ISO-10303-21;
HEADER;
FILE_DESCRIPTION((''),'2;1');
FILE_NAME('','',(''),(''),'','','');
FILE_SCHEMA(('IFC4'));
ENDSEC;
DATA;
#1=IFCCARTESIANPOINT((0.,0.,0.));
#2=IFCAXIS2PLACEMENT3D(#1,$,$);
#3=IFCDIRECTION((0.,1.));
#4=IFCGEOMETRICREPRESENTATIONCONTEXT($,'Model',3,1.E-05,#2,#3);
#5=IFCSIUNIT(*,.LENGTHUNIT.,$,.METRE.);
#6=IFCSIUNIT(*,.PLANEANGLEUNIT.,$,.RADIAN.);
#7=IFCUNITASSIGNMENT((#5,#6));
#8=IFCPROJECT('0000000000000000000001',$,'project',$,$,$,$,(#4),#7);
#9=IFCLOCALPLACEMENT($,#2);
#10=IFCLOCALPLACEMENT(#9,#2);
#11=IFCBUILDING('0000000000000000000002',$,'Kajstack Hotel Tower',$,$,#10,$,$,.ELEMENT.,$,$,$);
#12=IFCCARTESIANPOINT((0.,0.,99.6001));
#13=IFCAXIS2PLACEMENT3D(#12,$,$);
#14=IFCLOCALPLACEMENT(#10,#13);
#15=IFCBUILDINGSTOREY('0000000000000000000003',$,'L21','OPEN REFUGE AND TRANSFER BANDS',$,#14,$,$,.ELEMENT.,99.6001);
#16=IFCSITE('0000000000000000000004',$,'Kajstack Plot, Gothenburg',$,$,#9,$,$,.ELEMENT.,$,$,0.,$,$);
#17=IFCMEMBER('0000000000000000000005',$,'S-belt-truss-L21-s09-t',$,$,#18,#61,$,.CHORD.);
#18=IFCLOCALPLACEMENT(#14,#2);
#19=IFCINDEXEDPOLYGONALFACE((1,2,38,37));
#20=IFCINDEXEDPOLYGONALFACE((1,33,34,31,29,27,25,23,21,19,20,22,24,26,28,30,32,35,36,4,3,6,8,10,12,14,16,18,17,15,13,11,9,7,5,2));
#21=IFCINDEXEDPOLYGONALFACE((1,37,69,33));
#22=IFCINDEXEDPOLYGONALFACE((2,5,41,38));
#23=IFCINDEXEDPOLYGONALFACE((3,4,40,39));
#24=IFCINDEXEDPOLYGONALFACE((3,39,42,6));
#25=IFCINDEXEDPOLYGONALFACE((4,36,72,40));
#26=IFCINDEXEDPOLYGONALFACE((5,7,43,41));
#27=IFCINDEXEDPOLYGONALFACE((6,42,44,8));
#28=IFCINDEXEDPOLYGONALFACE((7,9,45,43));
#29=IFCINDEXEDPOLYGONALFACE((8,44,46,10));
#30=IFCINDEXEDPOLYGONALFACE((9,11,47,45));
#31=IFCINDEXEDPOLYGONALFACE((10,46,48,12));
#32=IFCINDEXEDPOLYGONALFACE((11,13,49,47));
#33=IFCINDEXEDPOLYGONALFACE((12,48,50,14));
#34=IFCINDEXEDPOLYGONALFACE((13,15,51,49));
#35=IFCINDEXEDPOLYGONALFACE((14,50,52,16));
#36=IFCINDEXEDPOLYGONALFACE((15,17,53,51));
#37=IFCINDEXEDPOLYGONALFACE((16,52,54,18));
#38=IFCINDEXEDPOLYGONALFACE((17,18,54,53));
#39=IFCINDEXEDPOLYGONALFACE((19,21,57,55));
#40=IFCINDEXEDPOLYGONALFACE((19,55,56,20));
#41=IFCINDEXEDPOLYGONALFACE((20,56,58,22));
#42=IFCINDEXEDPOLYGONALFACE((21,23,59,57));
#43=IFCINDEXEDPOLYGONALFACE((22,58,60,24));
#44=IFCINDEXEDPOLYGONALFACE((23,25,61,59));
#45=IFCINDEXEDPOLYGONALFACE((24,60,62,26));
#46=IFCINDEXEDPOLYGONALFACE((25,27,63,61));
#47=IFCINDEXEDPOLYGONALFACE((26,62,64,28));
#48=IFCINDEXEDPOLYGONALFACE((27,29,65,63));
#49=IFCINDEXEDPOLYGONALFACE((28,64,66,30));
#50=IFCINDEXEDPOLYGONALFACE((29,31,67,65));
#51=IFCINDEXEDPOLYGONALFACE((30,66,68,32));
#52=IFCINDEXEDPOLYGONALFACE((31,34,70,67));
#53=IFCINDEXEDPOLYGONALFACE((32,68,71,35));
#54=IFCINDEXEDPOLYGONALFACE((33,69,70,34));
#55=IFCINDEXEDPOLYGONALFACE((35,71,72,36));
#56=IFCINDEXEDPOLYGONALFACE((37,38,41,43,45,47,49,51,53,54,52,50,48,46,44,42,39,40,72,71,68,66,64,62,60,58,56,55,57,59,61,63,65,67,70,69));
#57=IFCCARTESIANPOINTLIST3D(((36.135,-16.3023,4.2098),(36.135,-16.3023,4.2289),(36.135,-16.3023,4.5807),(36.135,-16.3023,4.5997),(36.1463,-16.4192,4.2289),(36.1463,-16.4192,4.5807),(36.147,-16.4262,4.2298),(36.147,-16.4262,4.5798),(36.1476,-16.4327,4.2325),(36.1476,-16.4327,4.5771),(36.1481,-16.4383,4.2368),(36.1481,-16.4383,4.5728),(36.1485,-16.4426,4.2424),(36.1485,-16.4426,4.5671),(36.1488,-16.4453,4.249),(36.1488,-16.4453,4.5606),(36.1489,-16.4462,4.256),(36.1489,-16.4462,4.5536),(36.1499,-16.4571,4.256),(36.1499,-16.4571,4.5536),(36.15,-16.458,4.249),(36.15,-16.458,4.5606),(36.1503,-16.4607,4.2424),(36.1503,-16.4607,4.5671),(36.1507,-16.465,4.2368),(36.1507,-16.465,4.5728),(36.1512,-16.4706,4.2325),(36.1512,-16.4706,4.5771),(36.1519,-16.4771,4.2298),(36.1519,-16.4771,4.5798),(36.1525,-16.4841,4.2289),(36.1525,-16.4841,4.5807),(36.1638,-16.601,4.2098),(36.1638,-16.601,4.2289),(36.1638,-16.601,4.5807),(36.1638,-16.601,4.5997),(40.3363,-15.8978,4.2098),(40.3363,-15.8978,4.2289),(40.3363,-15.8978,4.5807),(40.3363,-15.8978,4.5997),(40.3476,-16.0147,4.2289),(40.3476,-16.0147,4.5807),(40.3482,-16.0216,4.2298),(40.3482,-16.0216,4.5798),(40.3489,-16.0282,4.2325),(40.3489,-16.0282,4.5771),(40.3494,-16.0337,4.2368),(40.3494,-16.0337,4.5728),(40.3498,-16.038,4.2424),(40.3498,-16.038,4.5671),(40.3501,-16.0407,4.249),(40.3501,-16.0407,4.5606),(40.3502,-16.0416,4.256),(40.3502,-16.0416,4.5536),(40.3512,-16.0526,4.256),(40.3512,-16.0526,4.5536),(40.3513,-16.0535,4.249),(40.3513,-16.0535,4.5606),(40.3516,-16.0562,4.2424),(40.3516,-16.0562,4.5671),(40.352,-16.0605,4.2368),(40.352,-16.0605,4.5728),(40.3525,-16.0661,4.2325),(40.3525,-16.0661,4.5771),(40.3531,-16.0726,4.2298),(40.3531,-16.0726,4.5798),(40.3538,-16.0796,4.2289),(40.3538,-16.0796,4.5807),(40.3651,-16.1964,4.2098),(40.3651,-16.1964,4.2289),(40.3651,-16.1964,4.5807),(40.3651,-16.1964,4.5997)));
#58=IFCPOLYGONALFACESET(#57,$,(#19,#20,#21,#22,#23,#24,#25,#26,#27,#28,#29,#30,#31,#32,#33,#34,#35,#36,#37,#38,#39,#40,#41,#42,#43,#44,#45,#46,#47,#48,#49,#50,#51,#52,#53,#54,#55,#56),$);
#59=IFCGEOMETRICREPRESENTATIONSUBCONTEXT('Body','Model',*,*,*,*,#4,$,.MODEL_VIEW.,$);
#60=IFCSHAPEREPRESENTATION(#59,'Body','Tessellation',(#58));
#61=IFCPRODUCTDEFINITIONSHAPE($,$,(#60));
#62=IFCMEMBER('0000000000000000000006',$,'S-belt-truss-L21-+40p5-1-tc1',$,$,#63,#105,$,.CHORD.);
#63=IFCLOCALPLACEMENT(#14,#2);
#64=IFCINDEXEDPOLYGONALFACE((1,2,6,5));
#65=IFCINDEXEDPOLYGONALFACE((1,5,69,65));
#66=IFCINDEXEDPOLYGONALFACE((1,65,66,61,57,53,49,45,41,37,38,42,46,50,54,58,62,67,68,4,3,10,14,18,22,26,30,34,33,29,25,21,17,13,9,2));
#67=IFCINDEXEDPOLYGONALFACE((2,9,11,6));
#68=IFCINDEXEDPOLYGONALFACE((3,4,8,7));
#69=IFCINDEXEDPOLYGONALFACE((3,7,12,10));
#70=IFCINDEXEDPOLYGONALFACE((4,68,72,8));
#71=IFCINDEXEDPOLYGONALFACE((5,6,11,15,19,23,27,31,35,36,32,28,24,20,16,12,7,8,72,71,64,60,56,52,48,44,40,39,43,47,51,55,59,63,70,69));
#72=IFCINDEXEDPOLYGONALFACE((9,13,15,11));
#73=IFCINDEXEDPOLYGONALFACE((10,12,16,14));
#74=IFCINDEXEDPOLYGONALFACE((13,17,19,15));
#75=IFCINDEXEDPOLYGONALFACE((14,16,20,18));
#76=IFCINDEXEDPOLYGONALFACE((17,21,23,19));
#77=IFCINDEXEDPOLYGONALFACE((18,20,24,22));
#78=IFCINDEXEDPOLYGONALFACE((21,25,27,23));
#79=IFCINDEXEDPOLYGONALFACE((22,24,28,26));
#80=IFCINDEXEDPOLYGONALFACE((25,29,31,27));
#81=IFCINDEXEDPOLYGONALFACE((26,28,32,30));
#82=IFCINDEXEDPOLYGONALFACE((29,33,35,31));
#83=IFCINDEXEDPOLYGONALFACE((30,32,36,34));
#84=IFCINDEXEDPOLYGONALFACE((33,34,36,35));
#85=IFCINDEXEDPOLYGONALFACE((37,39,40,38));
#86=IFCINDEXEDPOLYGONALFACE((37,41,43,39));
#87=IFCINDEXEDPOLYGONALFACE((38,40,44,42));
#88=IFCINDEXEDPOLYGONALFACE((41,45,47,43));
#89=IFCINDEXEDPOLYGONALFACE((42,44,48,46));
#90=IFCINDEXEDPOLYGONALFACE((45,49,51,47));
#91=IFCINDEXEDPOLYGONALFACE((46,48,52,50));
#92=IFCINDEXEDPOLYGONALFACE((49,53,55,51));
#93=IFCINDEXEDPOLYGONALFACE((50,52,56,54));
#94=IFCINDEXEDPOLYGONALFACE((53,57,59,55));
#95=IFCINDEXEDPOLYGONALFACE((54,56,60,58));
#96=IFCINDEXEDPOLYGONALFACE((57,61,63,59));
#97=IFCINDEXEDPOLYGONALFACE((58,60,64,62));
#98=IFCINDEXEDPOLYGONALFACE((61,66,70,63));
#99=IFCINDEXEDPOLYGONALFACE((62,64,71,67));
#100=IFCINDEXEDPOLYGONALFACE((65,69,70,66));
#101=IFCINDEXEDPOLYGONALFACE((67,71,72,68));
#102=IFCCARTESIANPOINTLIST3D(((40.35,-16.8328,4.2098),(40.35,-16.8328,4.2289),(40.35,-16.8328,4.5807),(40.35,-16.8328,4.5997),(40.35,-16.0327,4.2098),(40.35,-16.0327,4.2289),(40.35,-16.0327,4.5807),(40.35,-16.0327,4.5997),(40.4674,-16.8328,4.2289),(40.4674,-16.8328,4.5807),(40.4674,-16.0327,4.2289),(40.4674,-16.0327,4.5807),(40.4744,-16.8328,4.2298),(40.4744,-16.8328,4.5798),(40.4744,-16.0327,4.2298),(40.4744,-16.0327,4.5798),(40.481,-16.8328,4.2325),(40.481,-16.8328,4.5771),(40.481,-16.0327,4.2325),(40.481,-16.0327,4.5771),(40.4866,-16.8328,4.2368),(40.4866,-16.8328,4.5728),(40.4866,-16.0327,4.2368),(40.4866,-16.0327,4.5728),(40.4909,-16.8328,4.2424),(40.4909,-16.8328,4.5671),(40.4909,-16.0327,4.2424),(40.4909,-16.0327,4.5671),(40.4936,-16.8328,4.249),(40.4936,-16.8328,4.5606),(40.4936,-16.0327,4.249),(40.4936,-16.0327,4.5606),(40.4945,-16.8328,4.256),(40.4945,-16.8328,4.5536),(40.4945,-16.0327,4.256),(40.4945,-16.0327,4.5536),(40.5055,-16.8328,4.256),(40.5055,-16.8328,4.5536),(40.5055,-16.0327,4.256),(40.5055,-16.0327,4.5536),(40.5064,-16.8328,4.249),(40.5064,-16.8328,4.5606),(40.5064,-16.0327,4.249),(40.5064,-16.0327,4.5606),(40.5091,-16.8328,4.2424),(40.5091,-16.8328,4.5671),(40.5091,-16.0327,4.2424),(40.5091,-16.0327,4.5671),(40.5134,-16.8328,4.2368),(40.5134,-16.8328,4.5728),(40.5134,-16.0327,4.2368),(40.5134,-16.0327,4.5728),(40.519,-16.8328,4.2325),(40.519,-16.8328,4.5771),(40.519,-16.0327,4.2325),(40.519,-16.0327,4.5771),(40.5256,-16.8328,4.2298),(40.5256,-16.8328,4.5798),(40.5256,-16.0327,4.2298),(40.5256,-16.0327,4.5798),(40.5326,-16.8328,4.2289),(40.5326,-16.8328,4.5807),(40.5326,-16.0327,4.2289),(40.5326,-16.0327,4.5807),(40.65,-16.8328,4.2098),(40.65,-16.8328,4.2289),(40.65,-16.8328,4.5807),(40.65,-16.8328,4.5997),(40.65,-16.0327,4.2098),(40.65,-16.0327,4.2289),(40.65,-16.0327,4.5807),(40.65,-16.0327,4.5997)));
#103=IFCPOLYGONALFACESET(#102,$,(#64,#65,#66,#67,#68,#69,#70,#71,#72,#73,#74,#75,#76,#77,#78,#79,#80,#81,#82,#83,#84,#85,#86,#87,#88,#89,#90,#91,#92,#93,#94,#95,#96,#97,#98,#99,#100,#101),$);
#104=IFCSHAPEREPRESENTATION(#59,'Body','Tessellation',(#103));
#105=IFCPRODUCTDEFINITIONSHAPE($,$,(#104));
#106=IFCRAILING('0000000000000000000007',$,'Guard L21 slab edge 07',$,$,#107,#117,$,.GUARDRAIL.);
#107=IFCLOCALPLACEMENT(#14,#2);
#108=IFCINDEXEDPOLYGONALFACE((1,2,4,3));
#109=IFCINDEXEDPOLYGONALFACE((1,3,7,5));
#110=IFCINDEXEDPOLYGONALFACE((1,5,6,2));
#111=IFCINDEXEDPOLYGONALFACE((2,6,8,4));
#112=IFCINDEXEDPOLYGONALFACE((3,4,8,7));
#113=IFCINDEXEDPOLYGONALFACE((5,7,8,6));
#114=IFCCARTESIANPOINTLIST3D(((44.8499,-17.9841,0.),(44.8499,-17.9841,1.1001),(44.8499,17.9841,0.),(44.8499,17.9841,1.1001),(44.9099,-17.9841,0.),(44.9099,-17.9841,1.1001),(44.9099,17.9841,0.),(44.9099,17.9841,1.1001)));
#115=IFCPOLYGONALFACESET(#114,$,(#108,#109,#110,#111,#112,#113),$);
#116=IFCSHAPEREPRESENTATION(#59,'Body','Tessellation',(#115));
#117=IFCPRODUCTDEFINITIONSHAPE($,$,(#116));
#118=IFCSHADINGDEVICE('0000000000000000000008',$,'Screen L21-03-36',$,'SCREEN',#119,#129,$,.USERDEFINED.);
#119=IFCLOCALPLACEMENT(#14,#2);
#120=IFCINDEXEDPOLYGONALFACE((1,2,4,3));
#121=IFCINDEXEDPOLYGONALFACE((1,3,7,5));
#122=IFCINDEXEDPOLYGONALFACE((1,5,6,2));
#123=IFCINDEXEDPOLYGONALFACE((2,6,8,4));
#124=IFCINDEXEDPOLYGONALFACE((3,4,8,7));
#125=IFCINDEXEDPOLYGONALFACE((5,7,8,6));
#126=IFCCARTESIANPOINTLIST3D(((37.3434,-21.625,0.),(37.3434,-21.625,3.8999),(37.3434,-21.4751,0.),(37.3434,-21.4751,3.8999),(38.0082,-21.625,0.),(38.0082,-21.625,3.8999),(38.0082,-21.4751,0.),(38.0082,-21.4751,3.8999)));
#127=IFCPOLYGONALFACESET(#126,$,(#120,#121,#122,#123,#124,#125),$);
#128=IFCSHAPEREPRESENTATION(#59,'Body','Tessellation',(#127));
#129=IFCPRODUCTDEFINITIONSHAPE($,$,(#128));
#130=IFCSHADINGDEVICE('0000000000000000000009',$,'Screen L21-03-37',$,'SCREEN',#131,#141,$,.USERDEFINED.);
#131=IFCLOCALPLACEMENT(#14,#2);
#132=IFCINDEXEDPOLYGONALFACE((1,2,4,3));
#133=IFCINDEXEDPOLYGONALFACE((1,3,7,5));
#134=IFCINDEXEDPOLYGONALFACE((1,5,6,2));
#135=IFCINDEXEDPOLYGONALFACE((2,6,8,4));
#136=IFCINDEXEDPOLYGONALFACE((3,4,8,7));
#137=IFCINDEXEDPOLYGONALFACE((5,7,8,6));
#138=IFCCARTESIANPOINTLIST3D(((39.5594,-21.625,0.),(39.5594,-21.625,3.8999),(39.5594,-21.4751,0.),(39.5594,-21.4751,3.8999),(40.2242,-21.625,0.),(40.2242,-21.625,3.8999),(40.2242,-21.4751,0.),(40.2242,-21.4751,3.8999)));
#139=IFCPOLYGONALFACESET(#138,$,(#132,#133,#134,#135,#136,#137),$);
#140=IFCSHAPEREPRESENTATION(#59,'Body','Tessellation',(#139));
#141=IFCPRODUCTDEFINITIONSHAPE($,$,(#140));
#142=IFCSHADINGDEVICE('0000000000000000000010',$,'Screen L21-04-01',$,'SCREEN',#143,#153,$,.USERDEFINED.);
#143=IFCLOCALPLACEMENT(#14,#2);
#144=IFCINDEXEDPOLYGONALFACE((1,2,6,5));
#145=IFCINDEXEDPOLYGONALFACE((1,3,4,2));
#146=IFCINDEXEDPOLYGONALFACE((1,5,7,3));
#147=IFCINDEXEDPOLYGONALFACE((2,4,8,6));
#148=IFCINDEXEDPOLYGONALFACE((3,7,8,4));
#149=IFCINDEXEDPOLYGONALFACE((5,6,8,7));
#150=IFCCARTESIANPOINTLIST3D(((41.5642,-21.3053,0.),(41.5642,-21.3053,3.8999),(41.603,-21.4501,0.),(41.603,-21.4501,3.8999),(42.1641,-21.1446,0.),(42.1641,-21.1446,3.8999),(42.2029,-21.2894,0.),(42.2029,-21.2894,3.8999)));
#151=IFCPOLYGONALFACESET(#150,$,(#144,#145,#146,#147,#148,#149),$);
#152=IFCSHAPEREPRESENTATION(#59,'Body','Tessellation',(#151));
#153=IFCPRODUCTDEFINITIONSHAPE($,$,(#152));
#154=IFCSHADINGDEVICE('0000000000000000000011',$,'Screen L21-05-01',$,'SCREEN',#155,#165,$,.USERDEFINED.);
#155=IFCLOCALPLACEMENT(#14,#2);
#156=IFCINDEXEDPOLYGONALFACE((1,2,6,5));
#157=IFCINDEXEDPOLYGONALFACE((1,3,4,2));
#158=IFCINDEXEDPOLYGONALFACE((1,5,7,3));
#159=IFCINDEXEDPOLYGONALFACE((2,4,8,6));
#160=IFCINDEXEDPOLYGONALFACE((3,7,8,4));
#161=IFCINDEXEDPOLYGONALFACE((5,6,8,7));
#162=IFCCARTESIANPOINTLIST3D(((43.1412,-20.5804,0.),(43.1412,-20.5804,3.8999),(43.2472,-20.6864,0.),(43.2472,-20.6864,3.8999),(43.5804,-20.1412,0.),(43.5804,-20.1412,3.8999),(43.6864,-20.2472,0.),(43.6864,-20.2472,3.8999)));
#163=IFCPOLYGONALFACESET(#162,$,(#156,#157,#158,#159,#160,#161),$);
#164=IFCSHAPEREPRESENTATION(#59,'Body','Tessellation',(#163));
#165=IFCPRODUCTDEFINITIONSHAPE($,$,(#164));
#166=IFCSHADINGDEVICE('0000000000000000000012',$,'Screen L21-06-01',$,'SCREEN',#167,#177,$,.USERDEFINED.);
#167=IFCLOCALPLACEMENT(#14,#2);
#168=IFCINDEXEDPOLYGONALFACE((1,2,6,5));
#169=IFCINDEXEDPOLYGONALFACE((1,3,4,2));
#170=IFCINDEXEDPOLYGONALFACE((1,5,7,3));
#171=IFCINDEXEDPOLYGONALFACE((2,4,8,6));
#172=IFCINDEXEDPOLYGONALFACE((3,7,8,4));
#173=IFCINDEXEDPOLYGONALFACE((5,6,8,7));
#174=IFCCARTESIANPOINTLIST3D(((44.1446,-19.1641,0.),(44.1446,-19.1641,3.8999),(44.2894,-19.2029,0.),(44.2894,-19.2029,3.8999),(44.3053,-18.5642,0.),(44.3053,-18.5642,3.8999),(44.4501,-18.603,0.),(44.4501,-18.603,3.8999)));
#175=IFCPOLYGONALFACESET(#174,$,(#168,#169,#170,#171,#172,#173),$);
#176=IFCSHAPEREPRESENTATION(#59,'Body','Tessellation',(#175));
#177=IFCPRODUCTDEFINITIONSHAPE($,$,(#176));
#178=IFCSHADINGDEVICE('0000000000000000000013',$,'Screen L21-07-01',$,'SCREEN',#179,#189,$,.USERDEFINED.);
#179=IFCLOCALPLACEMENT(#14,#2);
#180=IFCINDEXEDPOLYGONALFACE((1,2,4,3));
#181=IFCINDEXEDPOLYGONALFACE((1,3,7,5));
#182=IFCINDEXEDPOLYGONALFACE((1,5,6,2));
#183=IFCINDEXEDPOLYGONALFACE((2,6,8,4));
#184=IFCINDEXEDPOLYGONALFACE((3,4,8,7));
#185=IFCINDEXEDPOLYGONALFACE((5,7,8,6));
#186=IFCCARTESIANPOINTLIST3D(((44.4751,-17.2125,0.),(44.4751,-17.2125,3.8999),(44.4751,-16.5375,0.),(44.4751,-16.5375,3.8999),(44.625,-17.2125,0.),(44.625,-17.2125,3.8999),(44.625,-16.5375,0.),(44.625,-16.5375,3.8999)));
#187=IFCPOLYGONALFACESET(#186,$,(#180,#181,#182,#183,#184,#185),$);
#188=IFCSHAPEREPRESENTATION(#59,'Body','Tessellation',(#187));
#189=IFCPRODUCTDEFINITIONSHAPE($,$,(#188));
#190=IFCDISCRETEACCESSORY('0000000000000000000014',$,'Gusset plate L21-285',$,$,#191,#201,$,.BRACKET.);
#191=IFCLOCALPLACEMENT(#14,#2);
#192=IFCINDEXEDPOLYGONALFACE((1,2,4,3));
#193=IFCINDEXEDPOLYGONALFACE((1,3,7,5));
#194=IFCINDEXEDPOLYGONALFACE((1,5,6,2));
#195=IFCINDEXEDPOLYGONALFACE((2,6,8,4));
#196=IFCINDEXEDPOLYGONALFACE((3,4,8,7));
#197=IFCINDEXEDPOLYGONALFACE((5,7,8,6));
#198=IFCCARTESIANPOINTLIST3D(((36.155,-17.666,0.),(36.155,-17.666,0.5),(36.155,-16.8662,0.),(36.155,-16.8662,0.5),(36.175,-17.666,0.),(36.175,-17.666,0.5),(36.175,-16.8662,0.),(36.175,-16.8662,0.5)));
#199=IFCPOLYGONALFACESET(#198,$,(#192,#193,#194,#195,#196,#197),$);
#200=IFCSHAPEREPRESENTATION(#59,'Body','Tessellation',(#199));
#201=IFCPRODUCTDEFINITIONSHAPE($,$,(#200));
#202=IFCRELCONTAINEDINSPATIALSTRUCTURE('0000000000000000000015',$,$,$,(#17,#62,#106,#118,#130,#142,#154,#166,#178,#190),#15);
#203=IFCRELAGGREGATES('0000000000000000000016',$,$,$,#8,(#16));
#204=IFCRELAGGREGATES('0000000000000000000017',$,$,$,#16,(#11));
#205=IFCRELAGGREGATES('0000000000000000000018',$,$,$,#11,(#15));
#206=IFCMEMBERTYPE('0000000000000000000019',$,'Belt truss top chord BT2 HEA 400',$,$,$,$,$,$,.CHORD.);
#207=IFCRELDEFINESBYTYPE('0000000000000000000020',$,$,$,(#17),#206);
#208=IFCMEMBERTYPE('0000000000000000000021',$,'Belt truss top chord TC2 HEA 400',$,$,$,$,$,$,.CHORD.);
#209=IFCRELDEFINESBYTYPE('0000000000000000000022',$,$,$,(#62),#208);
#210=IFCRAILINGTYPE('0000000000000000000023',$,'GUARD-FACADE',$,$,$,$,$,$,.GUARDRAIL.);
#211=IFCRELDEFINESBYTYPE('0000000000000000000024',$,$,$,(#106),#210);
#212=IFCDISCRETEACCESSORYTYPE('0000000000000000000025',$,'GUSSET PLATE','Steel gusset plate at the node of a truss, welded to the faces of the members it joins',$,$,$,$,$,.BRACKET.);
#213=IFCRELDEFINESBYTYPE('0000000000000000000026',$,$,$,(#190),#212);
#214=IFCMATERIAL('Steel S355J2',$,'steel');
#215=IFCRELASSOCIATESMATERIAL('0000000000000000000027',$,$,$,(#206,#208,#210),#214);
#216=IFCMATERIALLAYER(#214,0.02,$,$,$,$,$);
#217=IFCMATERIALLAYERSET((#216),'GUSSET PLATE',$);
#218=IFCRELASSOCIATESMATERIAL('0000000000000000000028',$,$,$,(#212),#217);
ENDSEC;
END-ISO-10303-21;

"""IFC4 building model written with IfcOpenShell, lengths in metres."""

from ifc_helpers import new_model, si_unit, direction, frame, origin, origin_2d, place, context, subcontext, project, spatial, polyline, rectangle, i_section, outline, extrude, material, layer, layer_set, material_profile, profile_set, type_object, element, save


model = new_model("IFC4")

# Units and contexts
model_context = context("Model", 3, precision=1e-05, world=origin(), true_north=direction((0.0, 1.0)))
body_context = subcontext(model_context, "Body", "Model", "MODEL_VIEW")
ifc_project = project(units=[si_unit("LENGTHUNIT", "METRE"), si_unit("PLANEANGLEUNIT", "RADIAN")], contexts=[model_context])

# Site, building, storey
site_placement = place(None, origin())
site = spatial("IfcSite", under=ifc_project, at=site_placement, Name="Kajstack Plot, Gothenburg", CompositionType="ELEMENT", RefElevation=0.0)
building_placement = place(site_placement, origin())
building = spatial("IfcBuilding", under=site, at=building_placement, Name="Kajstack Hotel Tower", CompositionType="ELEMENT")
storey_placement = place(building_placement, frame((0.0, 0.0, 99.6001)))
storey = spatial("IfcBuildingStorey", under=building, at=storey_placement, Name="L21", Description="OPEN REFUGE AND TRANSFER BANDS", CompositionType="ELEMENT", Elevation=99.6001)

# Members
ifc_material = material(Name="Steel S355J2", Category="steel")
ifc_material_profile_1 = material_profile(ifc_material, i_section(OverallWidth=0.3, OverallDepth=0.3899, WebThickness=0.011, FlangeThickness=0.019, FilletRadius=0.0271, at=origin_2d()), Name="HEA 400")
ifc_profile_set_1 = profile_set([ifc_material_profile_1], Name="Steel S355J2")
member_type_1 = type_object("IfcMemberType", Name="Belt truss top chord BT2 HEA 400", PredefinedType="CHORD", material=ifc_profile_set_1)
member_1_placement = place(storey_placement, frame((36.1494, -16.4517, 4.4048), z_axis=(0.995396, 0.095849, 0.0), x_axis=(-0.095849, 0.995396, 0.0)))
element("IfcMember", 1, at=member_1_placement, inside=storey, type_object=member_type_1, Name="S-belt-truss-L21-s09-t", PredefinedType="CHORD", context=body_context, shape_type="SweptSolid", body=[
    extrude(i_section(OverallWidth=0.3, OverallDepth=0.3899, WebThickness=0.011, FlangeThickness=0.019, FilletRadius=0.0271, at=origin_2d()), origin(), (0.0, 0.0, 1.0), 4.2207),
])
ifc_material_profile_2 = material_profile(ifc_material, i_section(OverallWidth=0.3, OverallDepth=0.3899, WebThickness=0.011, FlangeThickness=0.019, FilletRadius=0.0271, at=origin_2d()), Name="HEA 400")
ifc_profile_set_2 = profile_set([ifc_material_profile_2], Name="Steel S355J2")
member_type_2 = type_object("IfcMemberType", Name="Belt truss top chord TC2 HEA 400", PredefinedType="CHORD", material=ifc_profile_set_2)
member_2_placement = place(storey_placement, frame((40.5, -16.8328, 4.4048), z_axis=(0.0, 1.0, 0.0), x_axis=(-1.0, 0.0, 0.0)))
element("IfcMember", 2, at=member_2_placement, inside=storey, type_object=member_type_2, Name="S-belt-truss-L21-+40p5-1-tc1", PredefinedType="CHORD", context=body_context, shape_type="SweptSolid", body=[
    extrude(i_section(OverallWidth=0.3, OverallDepth=0.3899, WebThickness=0.011, FlangeThickness=0.019, FilletRadius=0.0271, at=origin_2d()), origin(), (0.0, 0.0, 1.0), 0.8),
])

# Railing
railing_type = type_object("IfcRailingType", Name="GUARD-FACADE", PredefinedType="GUARDRAIL", material=ifc_material)
railing_1_placement = place(storey_placement, frame((44.8799, -17.9841, 0.0)))
element("IfcRailing", 3, at=railing_1_placement, inside=storey, type_object=railing_type, Name="Guard L21 slab edge 07", PredefinedType="GUARDRAIL", context=body_context, shape_type="SweptSolid", body=[
    extrude(outline(polyline([(-0.03, 35.9683), (0.03, 35.9683), (0.03, 0.0), (-0.03, 0.0), (-0.03, 35.9683)])), origin(), (0.0, 0.0, 1.0), 1.1001),
])

# Shading devices
for number, where, z_axis, x_axis, name in (
    (4, (37.6758, -21.55, 0.0), (0.0, 0.0, 1.0), (1.0, 0.0, 0.0), "Screen L21-03-36"),
    (5, (39.8918, -21.55, 0.0), (0.0, 0.0, 1.0), (1.0, 0.0, 0.0), "Screen L21-03-37"),
):
    element("IfcShadingDevice", number, at=place(storey_placement, frame(where, z_axis=z_axis, x_axis=x_axis)), inside=storey, Name=name, ObjectType="SCREEN", PredefinedType="USERDEFINED", context=body_context, shape_type="SweptSolid", body=[
        extrude(rectangle(XDim=0.6648, YDim=0.1499, at=origin_2d()), origin(), (0.0, 0.0, 1.0), 3.8999),
    ])
for number, where, z_axis, x_axis, name in (
    (6, (41.8835, -21.2974, 0.0), (0.0, 0.0, 1.0), (0.965926, 0.25882, 0.0), "Screen L21-04-01"),
    (7, (43.4138, -20.4138, 0.0), (0.0, 0.0, 1.0), (0.707107, 0.707107, 0.0), "Screen L21-05-01"),
    (8, (44.2974, -18.8835, 0.0), (0.0, 0.0, 1.0), (0.25882, 0.965926, 0.0), "Screen L21-06-01"),
):
    element("IfcShadingDevice", number, at=place(storey_placement, frame(where, z_axis=z_axis, x_axis=x_axis)), inside=storey, Name=name, ObjectType="SCREEN", PredefinedType="USERDEFINED", context=body_context, shape_type="SweptSolid", body=[
        extrude(rectangle(XDim=0.6211, YDim=0.1499, at=origin_2d()), origin(), (0.0, 0.0, 1.0), 3.8999),
    ])
shading_device_placement = place(storey_placement, frame((44.55, -16.875, 0.0), z_axis=(0.0, 0.0, 1.0), x_axis=(0.0, 1.0, 0.0)))
element("IfcShadingDevice", 9, at=shading_device_placement, inside=storey, Name="Screen L21-07-01", ObjectType="SCREEN", PredefinedType="USERDEFINED", context=body_context, shape_type="SweptSolid", body=[
    extrude(rectangle(XDim=0.675, YDim=0.1499, at=origin_2d()), origin(), (0.0, 0.0, 1.0), 3.8999),
])

# Discrete accessory
ifc_layer = layer(ifc_material, 0.02)
ifc_layer_set = layer_set([ifc_layer], Name="GUSSET PLATE")
discrete_accessory_type = type_object("IfcDiscreteAccessoryType", Name="GUSSET PLATE", Description="Steel gusset plate at the node of a truss, welded to the faces of the members it joins", PredefinedType="BRACKET", material=ifc_layer_set)
for number, where, z_axis, x_axis, name in (
    (10, (36.155, -17.2661, 0.0), (1.0, 0.0, 0.0), (0.0, 1.0, 0.0), "Gusset plate L21-285"),
):
    element("IfcDiscreteAccessory", number, at=place(storey_placement, frame(where, z_axis=z_axis, x_axis=x_axis)), inside=storey, type_object=discrete_accessory_type, Name=name, PredefinedType="BRACKET", context=body_context, shape_type="SweptSolid", body=[
        extrude(outline(polyline([(-0.3999, 0.0), (0.3999, 0.0), (0.3999, 0.5), (-0.3999, 0.5), (-0.3999, 0.0)])), origin(), (0.0, 0.0, 1.0), 0.02),
    ])

save(model, "model.ifc")
